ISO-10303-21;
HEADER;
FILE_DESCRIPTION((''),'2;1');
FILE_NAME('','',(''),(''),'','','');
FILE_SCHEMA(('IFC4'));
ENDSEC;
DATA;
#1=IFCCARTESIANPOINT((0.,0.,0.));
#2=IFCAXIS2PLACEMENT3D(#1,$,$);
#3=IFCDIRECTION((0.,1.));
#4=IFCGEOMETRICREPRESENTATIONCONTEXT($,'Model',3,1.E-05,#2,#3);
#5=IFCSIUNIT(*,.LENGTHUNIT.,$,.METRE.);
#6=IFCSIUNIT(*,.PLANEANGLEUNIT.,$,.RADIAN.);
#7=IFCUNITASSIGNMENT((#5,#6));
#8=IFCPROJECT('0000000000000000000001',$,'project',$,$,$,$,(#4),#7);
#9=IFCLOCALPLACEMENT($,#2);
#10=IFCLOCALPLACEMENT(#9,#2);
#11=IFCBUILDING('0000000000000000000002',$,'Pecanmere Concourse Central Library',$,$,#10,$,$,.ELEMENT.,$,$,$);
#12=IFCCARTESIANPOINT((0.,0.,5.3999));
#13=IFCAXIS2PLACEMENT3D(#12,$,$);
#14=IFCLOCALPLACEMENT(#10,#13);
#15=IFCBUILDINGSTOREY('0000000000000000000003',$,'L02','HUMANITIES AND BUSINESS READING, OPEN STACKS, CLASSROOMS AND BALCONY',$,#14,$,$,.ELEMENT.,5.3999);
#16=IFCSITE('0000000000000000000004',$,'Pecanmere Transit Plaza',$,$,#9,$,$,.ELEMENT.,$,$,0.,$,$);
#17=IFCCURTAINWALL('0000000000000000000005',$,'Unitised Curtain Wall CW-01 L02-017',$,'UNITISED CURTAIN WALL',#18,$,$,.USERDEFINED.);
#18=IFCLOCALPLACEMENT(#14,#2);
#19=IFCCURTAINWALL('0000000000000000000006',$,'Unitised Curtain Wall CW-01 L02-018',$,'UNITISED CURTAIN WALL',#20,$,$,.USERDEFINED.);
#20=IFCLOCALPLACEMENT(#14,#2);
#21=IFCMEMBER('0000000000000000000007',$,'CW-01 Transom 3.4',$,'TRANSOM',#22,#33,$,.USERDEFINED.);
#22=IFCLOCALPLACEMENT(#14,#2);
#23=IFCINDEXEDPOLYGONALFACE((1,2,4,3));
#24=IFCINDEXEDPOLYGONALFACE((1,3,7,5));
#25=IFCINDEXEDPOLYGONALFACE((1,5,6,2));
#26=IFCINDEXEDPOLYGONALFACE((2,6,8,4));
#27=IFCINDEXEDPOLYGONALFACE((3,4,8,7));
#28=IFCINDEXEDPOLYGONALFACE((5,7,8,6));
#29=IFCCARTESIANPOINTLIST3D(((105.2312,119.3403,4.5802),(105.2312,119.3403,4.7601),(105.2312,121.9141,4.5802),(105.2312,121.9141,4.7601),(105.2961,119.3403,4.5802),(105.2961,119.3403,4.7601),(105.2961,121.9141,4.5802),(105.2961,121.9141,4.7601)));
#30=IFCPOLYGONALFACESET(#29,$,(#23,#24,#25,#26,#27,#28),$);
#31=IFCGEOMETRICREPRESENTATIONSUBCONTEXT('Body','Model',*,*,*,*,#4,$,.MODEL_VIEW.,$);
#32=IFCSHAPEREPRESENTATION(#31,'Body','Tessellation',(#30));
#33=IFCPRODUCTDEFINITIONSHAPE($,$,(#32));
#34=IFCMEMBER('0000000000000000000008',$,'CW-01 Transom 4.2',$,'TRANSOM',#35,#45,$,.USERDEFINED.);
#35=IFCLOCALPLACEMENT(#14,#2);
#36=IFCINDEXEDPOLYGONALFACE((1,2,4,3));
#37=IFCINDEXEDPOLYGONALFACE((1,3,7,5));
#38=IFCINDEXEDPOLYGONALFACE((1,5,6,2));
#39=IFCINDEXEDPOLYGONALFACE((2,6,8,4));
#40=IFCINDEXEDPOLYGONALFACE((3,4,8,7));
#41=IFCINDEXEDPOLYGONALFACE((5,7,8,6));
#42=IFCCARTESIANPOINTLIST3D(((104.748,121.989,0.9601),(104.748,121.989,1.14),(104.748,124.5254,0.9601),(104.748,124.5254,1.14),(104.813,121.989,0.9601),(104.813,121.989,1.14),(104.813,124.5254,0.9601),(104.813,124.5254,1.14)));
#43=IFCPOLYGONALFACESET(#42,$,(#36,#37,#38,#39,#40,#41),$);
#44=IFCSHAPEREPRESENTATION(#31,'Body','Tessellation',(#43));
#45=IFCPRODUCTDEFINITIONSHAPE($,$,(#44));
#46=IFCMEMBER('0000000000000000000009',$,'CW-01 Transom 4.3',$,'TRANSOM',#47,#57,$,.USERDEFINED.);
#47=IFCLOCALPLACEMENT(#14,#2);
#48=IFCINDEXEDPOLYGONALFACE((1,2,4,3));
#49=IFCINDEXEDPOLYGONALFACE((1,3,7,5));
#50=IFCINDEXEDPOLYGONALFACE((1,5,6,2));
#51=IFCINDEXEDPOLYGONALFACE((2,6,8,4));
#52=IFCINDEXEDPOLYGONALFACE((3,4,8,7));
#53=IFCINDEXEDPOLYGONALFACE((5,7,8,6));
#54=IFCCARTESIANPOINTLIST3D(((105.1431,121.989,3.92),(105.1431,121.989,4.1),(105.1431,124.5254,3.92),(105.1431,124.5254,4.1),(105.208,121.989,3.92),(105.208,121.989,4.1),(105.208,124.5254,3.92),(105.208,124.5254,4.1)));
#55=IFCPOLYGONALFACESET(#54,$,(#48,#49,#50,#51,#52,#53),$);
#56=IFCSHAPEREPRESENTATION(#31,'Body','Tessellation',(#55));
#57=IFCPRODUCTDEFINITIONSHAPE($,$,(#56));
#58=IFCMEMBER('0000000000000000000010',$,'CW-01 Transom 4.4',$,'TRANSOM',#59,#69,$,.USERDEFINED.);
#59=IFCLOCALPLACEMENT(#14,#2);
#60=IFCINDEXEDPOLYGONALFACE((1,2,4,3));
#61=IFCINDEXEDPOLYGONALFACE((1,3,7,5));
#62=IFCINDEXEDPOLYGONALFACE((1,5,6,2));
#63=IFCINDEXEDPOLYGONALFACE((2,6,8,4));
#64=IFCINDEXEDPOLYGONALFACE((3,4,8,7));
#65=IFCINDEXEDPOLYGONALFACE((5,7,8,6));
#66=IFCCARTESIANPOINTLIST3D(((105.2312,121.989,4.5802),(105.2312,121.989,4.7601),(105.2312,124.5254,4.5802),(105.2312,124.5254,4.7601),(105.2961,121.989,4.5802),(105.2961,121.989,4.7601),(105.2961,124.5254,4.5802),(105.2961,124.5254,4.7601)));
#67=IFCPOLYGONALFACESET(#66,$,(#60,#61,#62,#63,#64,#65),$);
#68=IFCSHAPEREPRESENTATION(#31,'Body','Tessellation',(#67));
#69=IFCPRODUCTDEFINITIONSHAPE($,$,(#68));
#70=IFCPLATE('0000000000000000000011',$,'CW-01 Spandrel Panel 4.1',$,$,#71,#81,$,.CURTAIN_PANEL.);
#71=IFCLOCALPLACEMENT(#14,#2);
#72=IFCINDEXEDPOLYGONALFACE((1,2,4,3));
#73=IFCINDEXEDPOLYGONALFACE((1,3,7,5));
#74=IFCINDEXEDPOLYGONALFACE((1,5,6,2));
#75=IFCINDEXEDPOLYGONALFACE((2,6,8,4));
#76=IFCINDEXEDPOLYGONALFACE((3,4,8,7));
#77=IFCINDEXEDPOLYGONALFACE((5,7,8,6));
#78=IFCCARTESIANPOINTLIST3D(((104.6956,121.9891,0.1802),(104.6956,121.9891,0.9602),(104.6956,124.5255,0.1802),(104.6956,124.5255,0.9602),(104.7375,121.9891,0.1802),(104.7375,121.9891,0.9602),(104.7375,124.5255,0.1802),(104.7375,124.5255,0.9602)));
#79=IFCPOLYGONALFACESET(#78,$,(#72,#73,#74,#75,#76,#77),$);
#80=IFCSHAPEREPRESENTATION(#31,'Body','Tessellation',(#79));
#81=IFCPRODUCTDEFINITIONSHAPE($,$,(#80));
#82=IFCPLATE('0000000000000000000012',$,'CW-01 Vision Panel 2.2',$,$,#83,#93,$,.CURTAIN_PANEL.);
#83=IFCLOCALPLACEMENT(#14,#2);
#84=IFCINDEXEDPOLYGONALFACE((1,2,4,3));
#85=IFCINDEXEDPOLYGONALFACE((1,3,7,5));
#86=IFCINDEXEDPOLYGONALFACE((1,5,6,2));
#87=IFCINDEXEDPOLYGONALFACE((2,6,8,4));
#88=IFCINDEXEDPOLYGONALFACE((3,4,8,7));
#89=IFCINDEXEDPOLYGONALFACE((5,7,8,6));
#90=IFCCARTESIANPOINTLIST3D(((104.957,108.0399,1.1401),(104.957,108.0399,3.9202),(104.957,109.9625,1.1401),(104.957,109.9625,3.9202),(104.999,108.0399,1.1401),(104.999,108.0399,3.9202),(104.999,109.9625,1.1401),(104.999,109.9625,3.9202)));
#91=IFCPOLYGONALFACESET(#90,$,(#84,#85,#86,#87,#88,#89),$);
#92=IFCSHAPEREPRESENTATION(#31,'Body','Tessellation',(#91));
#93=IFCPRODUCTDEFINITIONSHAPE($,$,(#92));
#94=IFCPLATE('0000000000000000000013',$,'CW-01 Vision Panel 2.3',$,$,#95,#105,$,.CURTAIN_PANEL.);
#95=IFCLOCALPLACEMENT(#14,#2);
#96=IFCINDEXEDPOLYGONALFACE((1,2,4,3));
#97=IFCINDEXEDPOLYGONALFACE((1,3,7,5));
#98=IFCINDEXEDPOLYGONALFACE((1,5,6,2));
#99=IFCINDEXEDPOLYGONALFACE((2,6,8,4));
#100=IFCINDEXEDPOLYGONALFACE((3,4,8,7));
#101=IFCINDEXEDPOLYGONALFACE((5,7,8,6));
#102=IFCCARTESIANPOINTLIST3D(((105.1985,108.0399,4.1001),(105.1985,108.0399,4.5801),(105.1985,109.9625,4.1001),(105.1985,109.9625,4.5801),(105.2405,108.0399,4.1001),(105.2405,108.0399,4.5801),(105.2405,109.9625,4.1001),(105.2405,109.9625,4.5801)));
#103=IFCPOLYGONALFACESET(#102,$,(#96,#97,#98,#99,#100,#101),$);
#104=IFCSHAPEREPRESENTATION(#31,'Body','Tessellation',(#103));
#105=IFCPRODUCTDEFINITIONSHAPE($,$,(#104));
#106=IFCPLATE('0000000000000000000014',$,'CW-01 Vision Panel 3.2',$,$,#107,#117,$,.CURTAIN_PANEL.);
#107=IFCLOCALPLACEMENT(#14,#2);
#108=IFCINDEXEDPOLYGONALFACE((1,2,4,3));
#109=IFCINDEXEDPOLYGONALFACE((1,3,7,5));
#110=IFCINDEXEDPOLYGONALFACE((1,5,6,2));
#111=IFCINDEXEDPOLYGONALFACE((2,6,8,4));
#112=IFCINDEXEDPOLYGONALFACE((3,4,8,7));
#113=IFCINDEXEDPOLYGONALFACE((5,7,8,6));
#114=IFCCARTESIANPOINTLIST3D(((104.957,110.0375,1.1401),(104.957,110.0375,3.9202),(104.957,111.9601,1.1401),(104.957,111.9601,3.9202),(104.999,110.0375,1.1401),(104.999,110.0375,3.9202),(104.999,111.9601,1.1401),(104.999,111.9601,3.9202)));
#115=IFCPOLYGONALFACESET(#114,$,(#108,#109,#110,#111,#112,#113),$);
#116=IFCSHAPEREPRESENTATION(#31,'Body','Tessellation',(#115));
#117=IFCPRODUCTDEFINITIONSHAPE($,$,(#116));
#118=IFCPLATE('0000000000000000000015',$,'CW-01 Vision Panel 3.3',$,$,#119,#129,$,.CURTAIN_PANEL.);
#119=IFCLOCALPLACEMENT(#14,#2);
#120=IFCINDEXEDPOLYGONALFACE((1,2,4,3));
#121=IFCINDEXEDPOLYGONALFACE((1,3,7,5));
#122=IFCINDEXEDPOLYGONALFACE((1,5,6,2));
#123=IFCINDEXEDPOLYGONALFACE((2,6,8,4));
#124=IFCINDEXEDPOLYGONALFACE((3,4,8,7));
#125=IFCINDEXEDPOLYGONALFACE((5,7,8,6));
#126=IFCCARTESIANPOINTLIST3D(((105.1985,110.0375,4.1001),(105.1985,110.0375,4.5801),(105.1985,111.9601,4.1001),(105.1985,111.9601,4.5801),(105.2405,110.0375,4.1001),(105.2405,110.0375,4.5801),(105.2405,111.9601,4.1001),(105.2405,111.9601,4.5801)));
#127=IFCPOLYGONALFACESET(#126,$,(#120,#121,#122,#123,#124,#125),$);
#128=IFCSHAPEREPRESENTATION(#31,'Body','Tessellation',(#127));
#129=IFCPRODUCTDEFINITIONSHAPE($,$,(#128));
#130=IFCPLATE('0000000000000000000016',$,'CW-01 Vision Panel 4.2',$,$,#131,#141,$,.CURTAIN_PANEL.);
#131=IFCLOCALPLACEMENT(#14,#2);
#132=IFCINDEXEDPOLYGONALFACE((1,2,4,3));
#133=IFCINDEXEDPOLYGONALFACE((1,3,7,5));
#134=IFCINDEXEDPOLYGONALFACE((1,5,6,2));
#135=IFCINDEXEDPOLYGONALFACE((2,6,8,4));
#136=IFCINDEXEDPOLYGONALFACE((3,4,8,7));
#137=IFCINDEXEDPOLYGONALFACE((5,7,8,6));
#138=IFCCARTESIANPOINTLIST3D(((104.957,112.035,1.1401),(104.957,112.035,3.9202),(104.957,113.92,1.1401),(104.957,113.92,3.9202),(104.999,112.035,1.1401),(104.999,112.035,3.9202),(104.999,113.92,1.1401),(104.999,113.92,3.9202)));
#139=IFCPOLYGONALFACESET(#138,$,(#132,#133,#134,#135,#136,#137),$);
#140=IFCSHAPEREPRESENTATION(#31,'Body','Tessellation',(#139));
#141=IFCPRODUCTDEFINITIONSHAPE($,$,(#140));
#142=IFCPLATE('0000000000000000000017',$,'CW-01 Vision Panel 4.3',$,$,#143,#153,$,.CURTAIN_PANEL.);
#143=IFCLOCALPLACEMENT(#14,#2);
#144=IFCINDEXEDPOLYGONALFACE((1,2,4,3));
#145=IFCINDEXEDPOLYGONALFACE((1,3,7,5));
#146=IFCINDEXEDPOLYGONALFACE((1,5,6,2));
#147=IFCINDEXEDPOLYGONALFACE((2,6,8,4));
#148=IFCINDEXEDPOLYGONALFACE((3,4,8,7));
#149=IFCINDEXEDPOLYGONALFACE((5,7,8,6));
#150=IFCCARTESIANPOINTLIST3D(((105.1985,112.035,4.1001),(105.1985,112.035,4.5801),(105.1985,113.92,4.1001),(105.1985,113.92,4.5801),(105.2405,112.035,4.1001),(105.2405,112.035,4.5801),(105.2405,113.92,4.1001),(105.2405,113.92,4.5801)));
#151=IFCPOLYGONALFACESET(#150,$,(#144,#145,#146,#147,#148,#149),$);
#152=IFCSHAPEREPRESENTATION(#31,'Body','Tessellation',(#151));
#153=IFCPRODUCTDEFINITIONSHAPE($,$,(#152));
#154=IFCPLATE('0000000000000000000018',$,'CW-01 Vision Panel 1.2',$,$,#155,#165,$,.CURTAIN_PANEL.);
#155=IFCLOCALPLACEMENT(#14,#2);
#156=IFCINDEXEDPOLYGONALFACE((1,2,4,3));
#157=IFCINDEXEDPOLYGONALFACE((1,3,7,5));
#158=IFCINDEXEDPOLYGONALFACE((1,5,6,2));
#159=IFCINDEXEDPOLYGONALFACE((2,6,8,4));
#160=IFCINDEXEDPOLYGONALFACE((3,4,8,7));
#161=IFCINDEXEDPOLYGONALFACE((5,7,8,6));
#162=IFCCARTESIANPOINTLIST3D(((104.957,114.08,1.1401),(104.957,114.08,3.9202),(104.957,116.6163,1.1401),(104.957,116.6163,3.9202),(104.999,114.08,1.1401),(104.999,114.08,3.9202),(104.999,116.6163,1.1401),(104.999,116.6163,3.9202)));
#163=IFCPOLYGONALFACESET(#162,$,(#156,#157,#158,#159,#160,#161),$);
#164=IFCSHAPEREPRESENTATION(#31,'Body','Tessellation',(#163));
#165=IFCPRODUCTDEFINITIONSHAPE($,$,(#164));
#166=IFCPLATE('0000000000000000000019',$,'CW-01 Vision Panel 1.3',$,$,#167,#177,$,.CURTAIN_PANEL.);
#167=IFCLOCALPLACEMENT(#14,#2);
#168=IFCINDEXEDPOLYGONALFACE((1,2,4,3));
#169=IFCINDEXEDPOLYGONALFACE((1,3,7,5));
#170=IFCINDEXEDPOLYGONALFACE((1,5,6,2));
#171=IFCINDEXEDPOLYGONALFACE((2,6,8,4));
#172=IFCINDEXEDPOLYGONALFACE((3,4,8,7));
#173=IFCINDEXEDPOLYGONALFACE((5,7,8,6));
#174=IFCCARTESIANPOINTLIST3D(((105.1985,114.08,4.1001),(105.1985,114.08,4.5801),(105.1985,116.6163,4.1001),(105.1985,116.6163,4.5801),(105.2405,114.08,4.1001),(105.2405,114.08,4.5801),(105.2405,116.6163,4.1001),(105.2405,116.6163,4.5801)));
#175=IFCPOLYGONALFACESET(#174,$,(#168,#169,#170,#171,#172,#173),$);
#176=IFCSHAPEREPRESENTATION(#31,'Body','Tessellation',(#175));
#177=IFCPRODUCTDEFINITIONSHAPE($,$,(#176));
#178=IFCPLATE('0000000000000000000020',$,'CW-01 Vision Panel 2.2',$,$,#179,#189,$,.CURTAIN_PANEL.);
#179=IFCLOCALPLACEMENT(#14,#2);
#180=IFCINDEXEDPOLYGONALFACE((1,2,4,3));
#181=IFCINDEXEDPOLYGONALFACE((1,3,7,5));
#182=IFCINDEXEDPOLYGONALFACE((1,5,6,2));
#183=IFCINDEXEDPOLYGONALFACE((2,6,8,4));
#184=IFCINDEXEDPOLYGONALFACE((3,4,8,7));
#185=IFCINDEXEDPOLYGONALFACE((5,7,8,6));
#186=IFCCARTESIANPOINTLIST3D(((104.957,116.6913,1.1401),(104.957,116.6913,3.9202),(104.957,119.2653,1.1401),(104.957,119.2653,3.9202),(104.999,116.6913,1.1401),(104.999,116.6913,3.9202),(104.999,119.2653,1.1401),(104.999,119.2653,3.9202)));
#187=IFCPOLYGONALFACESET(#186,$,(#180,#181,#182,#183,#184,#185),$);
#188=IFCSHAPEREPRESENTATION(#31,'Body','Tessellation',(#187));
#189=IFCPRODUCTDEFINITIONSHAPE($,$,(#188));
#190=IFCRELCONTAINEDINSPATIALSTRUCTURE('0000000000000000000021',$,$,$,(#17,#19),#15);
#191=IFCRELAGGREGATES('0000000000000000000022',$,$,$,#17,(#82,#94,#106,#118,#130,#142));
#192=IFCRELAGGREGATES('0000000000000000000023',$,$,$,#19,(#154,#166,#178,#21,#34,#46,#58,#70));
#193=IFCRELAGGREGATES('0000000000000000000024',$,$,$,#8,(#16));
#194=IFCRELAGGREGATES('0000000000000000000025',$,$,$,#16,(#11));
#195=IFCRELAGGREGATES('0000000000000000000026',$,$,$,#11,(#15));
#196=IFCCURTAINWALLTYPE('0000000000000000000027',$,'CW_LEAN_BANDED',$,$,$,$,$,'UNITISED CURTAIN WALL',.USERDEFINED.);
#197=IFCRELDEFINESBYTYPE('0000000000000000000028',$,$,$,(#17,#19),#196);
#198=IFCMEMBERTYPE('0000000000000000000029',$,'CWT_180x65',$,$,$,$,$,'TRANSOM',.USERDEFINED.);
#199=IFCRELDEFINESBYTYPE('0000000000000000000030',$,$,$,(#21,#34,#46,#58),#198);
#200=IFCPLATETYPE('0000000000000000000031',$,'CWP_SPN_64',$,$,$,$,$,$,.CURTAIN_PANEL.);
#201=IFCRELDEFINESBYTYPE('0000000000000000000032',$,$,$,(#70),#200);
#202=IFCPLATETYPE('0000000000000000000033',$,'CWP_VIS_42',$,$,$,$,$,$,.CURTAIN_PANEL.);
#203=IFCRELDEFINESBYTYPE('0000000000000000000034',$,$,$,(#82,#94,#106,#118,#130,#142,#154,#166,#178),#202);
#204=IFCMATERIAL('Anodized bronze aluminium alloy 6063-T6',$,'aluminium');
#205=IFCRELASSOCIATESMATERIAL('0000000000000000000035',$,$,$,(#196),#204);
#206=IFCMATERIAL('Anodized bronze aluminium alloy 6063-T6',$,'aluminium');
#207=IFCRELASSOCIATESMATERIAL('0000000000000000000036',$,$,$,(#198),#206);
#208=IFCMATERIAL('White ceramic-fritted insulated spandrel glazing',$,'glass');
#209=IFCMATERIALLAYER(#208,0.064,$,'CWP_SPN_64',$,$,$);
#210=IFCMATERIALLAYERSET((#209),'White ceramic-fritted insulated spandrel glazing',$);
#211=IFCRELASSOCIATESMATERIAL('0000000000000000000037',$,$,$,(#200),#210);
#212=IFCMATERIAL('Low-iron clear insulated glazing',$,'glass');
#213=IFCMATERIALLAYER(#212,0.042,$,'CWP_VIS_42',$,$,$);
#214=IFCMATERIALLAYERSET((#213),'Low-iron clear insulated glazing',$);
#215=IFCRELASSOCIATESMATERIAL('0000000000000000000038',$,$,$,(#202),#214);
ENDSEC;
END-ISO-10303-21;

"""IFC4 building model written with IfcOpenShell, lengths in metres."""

from ifc_helpers import new_model, si_unit, direction, frame, origin, origin_2d, place, context, subcontext, project, spatial, rectangle, extrude, material, layer, layer_set, material_profile, profile_set, type_object, element, aggregate, save


model = new_model("IFC4")

# Units and contexts
model_context = context("Model", 3, precision=1e-05, world=origin(), true_north=direction((0.0, 1.0)))
body_context = subcontext(model_context, "Body", "Model", "MODEL_VIEW")
ifc_project = project(units=[si_unit("LENGTHUNIT", "METRE"), si_unit("PLANEANGLEUNIT", "RADIAN")], contexts=[model_context])

# Site, building, storey
site_placement = place(None, origin())
site = spatial("IfcSite", under=ifc_project, at=site_placement, Name="Pecanmere Transit Plaza", CompositionType="ELEMENT", RefElevation=0.0)
building_placement = place(site_placement, origin())
building = spatial("IfcBuilding", under=site, at=building_placement, Name="Pecanmere Concourse Central Library", CompositionType="ELEMENT")
storey_placement = place(building_placement, frame((0.0, 0.0, 5.3999)))
storey = spatial("IfcBuildingStorey", under=building, at=storey_placement, Name="L02", Description="HUMANITIES AND BUSINESS READING, OPEN STACKS, CLASSROOMS AND BALCONY", CompositionType="ELEMENT", Elevation=5.3999)

# Curtain wall
ifc_material_1 = material(Name="Anodized bronze aluminium alloy 6063-T6", Category="aluminium")
curtain_wall_type = type_object("IfcCurtainWallType", Name="CW_LEAN_BANDED", ElementType="UNITISED CURTAIN WALL", PredefinedType="USERDEFINED", material=ifc_material_1)
curtain_wall_1_placement = place(storey_placement, origin())
curtain_wall_1 = element("IfcCurtainWall", 1, at=curtain_wall_1_placement, inside=storey, type_object=curtain_wall_type, Name="Unitised Curtain Wall CW-01 L02-017", ObjectType="UNITISED CURTAIN WALL", PredefinedType="USERDEFINED")
ifc_material_2 = material(Name="Anodized bronze aluminium alloy 6063-T6", Category="aluminium")
ifc_material_profile = material_profile(ifc_material_2, rectangle(XDim=0.0649, YDim=0.1799, at=origin_2d()), Name="AL 65x180")
ifc_profile_set = profile_set([ifc_material_profile], Name="Anodized bronze aluminium alloy 6063-T6")
member_type = type_object("IfcMemberType", Name="CWT_180x65", ElementType="TRANSOM", PredefinedType="USERDEFINED", material=ifc_profile_set)

# Curtain wall, members, plate
curtain_wall_2_placement = place(storey_placement, origin())
curtain_wall_2 = element("IfcCurtainWall", 2, at=curtain_wall_2_placement, inside=storey, type_object=curtain_wall_type, Name="Unitised Curtain Wall CW-01 L02-018", ObjectType="UNITISED CURTAIN WALL", PredefinedType="USERDEFINED")
member_1_placement = place(storey_placement, frame((105.2637, 119.3403, 4.6702), z_axis=(0.0, 1.0, 0.0), x_axis=(-1.0, 0.0, 0.0)))
member_1 = element("IfcMember", 3, at=member_1_placement, type_object=member_type, Name="CW-01 Transom 3.4", ObjectType="TRANSOM", PredefinedType="USERDEFINED", context=body_context, shape_type="SweptSolid", body=[
    extrude(rectangle(XDim=0.0649, YDim=0.1799, at=origin_2d()), origin(), (0.0, 0.0, 1.0), 2.5737),
])
member_2_placement = place(storey_placement, frame((104.7805, 121.989, 1.05), z_axis=(0.0, 1.0, 0.0), x_axis=(-1.0, 0.0, 0.0)))
member_2 = element("IfcMember", 4, at=member_2_placement, type_object=member_type, Name="CW-01 Transom 4.2", ObjectType="TRANSOM", PredefinedType="USERDEFINED", context=body_context, shape_type="SweptSolid", body=[
    extrude(rectangle(XDim=0.0649, YDim=0.1799, at=origin_2d()), origin(), (0.0, 0.0, 1.0), 2.5364),
])
member_3_placement = place(storey_placement, frame((105.1755, 121.989, 4.01), z_axis=(0.0, 1.0, 0.0), x_axis=(-1.0, 0.0, 0.0)))
member_3 = element("IfcMember", 5, at=member_3_placement, type_object=member_type, Name="CW-01 Transom 4.3", ObjectType="TRANSOM", PredefinedType="USERDEFINED", context=body_context, shape_type="SweptSolid", body=[
    extrude(rectangle(XDim=0.0649, YDim=0.1799, at=origin_2d()), origin(), (0.0, 0.0, 1.0), 2.5364),
])
member_4_placement = place(storey_placement, frame((105.2637, 121.989, 4.6702), z_axis=(0.0, 1.0, 0.0), x_axis=(-1.0, 0.0, 0.0)))
member_4 = element("IfcMember", 6, at=member_4_placement, type_object=member_type, Name="CW-01 Transom 4.4", ObjectType="TRANSOM", PredefinedType="USERDEFINED", context=body_context, shape_type="SweptSolid", body=[
    extrude(rectangle(XDim=0.0649, YDim=0.1799, at=origin_2d()), origin(), (0.0, 0.0, 1.0), 2.5364),
])
ifc_material_3 = material(Name="White ceramic-fritted insulated spandrel glazing", Category="glass")
ifc_layer_1 = layer(ifc_material_3, 0.064, Name="CWP_SPN_64")
ifc_layer_set_1 = layer_set([ifc_layer_1], Name="White ceramic-fritted insulated spandrel glazing")
plate_type_1 = type_object("IfcPlateType", Name="CWP_SPN_64", PredefinedType="CURTAIN_PANEL", material=ifc_layer_set_1)
plate_1_placement = place(storey_placement, frame((104.7166, 123.2573, 0.1802), z_axis=(0.0, 0.0, 1.0), x_axis=(0.0, 1.0, 0.0)))
plate_1 = element("IfcPlate", 7, at=plate_1_placement, type_object=plate_type_1, Name="CW-01 Spandrel Panel 4.1", PredefinedType="CURTAIN_PANEL", context=body_context, shape_type="SweptSolid", body=[
    extrude(rectangle(XDim=2.5364, YDim=0.042, at=origin_2d()), origin(), (0.0, 0.0, 1.0), 0.78),
])

# Plates
ifc_material_4 = material(Name="Low-iron clear insulated glazing", Category="glass")
ifc_layer_2 = layer(ifc_material_4, 0.042, Name="CWP_VIS_42")
ifc_layer_set_2 = layer_set([ifc_layer_2], Name="Low-iron clear insulated glazing")
plate_type_2 = type_object("IfcPlateType", Name="CWP_VIS_42", PredefinedType="CURTAIN_PANEL", material=ifc_layer_set_2)
plate_2_placement = place(storey_placement, frame((104.978, 109.0012, 1.1401), z_axis=(0.0, 0.0, 1.0), x_axis=(0.0, 1.0, 0.0)))
plate_2 = element("IfcPlate", 8, at=plate_2_placement, type_object=plate_type_2, Name="CW-01 Vision Panel 2.2", PredefinedType="CURTAIN_PANEL", context=body_context, shape_type="SweptSolid", body=[
    extrude(rectangle(XDim=1.9226, YDim=0.042, at=origin_2d()), origin(), (0.0, 0.0, 1.0), 2.78),
])
plate_3_placement = place(storey_placement, frame((105.2195, 109.0012, 4.1001), z_axis=(0.0, 0.0, 1.0), x_axis=(0.0, 1.0, 0.0)))
plate_3 = element("IfcPlate", 9, at=plate_3_placement, type_object=plate_type_2, Name="CW-01 Vision Panel 2.3", PredefinedType="CURTAIN_PANEL", context=body_context, shape_type="SweptSolid", body=[
    extrude(rectangle(XDim=1.9226, YDim=0.042, at=origin_2d()), origin(), (0.0, 0.0, 1.0), 0.48),
])
plate_4_placement = place(storey_placement, frame((104.978, 110.9988, 1.1401), z_axis=(0.0, 0.0, 1.0), x_axis=(0.0, 1.0, 0.0)))
plate_4 = element("IfcPlate", 10, at=plate_4_placement, type_object=plate_type_2, Name="CW-01 Vision Panel 3.2", PredefinedType="CURTAIN_PANEL", context=body_context, shape_type="SweptSolid", body=[
    extrude(rectangle(XDim=1.9226, YDim=0.042, at=origin_2d()), origin(), (0.0, 0.0, 1.0), 2.78),
])
plate_5_placement = place(storey_placement, frame((105.2195, 110.9988, 4.1001), z_axis=(0.0, 0.0, 1.0), x_axis=(0.0, 1.0, 0.0)))
plate_5 = element("IfcPlate", 11, at=plate_5_placement, type_object=plate_type_2, Name="CW-01 Vision Panel 3.3", PredefinedType="CURTAIN_PANEL", context=body_context, shape_type="SweptSolid", body=[
    extrude(rectangle(XDim=1.9226, YDim=0.042, at=origin_2d()), origin(), (0.0, 0.0, 1.0), 0.48),
])
plate_6_placement = place(storey_placement, frame((104.978, 112.9775, 1.1401), z_axis=(0.0, 0.0, 1.0), x_axis=(0.0, 1.0, 0.0)))
plate_6 = element("IfcPlate", 12, at=plate_6_placement, type_object=plate_type_2, Name="CW-01 Vision Panel 4.2", PredefinedType="CURTAIN_PANEL", context=body_context, shape_type="SweptSolid", body=[
    extrude(rectangle(XDim=1.885, YDim=0.042, at=origin_2d()), origin(), (0.0, 0.0, 1.0), 2.78),
])
plate_7_placement = place(storey_placement, frame((105.2195, 112.9775, 4.1001), z_axis=(0.0, 0.0, 1.0), x_axis=(0.0, 1.0, 0.0)))
plate_7 = element("IfcPlate", 13, at=plate_7_placement, type_object=plate_type_2, Name="CW-01 Vision Panel 4.3", PredefinedType="CURTAIN_PANEL", context=body_context, shape_type="SweptSolid", body=[
    extrude(rectangle(XDim=1.885, YDim=0.042, at=origin_2d()), origin(), (0.0, 0.0, 1.0), 0.48),
])
aggregate(curtain_wall_1, [plate_2, plate_3, plate_4, plate_5, plate_6, plate_7])
plate_8_placement = place(storey_placement, frame((104.978, 115.3481, 1.1401), z_axis=(0.0, 0.0, 1.0), x_axis=(0.0, 1.0, 0.0)))
plate_8 = element("IfcPlate", 14, at=plate_8_placement, type_object=plate_type_2, Name="CW-01 Vision Panel 1.2", PredefinedType="CURTAIN_PANEL", context=body_context, shape_type="SweptSolid", body=[
    extrude(rectangle(XDim=2.5364, YDim=0.042, at=origin_2d()), origin(), (0.0, 0.0, 1.0), 2.78),
])
plate_9_placement = place(storey_placement, frame((105.2195, 115.3481, 4.1001), z_axis=(0.0, 0.0, 1.0), x_axis=(0.0, 1.0, 0.0)))
plate_9 = element("IfcPlate", 15, at=plate_9_placement, type_object=plate_type_2, Name="CW-01 Vision Panel 1.3", PredefinedType="CURTAIN_PANEL", context=body_context, shape_type="SweptSolid", body=[
    extrude(rectangle(XDim=2.5364, YDim=0.042, at=origin_2d()), origin(), (0.0, 0.0, 1.0), 0.48),
])
plate_10_placement = place(storey_placement, frame((104.978, 117.9783, 1.1401), z_axis=(0.0, 0.0, 1.0), x_axis=(0.0, 1.0, 0.0)))
plate_10 = element("IfcPlate", 16, at=plate_10_placement, type_object=plate_type_2, Name="CW-01 Vision Panel 2.2", PredefinedType="CURTAIN_PANEL", context=body_context, shape_type="SweptSolid", body=[
    extrude(rectangle(XDim=2.574, YDim=0.042, at=origin_2d()), origin(), (0.0, 0.0, 1.0), 2.78),
])
aggregate(curtain_wall_2, [plate_8, plate_9, plate_10, member_1, member_2, member_3, member_4, plate_1])

save(model, "model.ifc")
